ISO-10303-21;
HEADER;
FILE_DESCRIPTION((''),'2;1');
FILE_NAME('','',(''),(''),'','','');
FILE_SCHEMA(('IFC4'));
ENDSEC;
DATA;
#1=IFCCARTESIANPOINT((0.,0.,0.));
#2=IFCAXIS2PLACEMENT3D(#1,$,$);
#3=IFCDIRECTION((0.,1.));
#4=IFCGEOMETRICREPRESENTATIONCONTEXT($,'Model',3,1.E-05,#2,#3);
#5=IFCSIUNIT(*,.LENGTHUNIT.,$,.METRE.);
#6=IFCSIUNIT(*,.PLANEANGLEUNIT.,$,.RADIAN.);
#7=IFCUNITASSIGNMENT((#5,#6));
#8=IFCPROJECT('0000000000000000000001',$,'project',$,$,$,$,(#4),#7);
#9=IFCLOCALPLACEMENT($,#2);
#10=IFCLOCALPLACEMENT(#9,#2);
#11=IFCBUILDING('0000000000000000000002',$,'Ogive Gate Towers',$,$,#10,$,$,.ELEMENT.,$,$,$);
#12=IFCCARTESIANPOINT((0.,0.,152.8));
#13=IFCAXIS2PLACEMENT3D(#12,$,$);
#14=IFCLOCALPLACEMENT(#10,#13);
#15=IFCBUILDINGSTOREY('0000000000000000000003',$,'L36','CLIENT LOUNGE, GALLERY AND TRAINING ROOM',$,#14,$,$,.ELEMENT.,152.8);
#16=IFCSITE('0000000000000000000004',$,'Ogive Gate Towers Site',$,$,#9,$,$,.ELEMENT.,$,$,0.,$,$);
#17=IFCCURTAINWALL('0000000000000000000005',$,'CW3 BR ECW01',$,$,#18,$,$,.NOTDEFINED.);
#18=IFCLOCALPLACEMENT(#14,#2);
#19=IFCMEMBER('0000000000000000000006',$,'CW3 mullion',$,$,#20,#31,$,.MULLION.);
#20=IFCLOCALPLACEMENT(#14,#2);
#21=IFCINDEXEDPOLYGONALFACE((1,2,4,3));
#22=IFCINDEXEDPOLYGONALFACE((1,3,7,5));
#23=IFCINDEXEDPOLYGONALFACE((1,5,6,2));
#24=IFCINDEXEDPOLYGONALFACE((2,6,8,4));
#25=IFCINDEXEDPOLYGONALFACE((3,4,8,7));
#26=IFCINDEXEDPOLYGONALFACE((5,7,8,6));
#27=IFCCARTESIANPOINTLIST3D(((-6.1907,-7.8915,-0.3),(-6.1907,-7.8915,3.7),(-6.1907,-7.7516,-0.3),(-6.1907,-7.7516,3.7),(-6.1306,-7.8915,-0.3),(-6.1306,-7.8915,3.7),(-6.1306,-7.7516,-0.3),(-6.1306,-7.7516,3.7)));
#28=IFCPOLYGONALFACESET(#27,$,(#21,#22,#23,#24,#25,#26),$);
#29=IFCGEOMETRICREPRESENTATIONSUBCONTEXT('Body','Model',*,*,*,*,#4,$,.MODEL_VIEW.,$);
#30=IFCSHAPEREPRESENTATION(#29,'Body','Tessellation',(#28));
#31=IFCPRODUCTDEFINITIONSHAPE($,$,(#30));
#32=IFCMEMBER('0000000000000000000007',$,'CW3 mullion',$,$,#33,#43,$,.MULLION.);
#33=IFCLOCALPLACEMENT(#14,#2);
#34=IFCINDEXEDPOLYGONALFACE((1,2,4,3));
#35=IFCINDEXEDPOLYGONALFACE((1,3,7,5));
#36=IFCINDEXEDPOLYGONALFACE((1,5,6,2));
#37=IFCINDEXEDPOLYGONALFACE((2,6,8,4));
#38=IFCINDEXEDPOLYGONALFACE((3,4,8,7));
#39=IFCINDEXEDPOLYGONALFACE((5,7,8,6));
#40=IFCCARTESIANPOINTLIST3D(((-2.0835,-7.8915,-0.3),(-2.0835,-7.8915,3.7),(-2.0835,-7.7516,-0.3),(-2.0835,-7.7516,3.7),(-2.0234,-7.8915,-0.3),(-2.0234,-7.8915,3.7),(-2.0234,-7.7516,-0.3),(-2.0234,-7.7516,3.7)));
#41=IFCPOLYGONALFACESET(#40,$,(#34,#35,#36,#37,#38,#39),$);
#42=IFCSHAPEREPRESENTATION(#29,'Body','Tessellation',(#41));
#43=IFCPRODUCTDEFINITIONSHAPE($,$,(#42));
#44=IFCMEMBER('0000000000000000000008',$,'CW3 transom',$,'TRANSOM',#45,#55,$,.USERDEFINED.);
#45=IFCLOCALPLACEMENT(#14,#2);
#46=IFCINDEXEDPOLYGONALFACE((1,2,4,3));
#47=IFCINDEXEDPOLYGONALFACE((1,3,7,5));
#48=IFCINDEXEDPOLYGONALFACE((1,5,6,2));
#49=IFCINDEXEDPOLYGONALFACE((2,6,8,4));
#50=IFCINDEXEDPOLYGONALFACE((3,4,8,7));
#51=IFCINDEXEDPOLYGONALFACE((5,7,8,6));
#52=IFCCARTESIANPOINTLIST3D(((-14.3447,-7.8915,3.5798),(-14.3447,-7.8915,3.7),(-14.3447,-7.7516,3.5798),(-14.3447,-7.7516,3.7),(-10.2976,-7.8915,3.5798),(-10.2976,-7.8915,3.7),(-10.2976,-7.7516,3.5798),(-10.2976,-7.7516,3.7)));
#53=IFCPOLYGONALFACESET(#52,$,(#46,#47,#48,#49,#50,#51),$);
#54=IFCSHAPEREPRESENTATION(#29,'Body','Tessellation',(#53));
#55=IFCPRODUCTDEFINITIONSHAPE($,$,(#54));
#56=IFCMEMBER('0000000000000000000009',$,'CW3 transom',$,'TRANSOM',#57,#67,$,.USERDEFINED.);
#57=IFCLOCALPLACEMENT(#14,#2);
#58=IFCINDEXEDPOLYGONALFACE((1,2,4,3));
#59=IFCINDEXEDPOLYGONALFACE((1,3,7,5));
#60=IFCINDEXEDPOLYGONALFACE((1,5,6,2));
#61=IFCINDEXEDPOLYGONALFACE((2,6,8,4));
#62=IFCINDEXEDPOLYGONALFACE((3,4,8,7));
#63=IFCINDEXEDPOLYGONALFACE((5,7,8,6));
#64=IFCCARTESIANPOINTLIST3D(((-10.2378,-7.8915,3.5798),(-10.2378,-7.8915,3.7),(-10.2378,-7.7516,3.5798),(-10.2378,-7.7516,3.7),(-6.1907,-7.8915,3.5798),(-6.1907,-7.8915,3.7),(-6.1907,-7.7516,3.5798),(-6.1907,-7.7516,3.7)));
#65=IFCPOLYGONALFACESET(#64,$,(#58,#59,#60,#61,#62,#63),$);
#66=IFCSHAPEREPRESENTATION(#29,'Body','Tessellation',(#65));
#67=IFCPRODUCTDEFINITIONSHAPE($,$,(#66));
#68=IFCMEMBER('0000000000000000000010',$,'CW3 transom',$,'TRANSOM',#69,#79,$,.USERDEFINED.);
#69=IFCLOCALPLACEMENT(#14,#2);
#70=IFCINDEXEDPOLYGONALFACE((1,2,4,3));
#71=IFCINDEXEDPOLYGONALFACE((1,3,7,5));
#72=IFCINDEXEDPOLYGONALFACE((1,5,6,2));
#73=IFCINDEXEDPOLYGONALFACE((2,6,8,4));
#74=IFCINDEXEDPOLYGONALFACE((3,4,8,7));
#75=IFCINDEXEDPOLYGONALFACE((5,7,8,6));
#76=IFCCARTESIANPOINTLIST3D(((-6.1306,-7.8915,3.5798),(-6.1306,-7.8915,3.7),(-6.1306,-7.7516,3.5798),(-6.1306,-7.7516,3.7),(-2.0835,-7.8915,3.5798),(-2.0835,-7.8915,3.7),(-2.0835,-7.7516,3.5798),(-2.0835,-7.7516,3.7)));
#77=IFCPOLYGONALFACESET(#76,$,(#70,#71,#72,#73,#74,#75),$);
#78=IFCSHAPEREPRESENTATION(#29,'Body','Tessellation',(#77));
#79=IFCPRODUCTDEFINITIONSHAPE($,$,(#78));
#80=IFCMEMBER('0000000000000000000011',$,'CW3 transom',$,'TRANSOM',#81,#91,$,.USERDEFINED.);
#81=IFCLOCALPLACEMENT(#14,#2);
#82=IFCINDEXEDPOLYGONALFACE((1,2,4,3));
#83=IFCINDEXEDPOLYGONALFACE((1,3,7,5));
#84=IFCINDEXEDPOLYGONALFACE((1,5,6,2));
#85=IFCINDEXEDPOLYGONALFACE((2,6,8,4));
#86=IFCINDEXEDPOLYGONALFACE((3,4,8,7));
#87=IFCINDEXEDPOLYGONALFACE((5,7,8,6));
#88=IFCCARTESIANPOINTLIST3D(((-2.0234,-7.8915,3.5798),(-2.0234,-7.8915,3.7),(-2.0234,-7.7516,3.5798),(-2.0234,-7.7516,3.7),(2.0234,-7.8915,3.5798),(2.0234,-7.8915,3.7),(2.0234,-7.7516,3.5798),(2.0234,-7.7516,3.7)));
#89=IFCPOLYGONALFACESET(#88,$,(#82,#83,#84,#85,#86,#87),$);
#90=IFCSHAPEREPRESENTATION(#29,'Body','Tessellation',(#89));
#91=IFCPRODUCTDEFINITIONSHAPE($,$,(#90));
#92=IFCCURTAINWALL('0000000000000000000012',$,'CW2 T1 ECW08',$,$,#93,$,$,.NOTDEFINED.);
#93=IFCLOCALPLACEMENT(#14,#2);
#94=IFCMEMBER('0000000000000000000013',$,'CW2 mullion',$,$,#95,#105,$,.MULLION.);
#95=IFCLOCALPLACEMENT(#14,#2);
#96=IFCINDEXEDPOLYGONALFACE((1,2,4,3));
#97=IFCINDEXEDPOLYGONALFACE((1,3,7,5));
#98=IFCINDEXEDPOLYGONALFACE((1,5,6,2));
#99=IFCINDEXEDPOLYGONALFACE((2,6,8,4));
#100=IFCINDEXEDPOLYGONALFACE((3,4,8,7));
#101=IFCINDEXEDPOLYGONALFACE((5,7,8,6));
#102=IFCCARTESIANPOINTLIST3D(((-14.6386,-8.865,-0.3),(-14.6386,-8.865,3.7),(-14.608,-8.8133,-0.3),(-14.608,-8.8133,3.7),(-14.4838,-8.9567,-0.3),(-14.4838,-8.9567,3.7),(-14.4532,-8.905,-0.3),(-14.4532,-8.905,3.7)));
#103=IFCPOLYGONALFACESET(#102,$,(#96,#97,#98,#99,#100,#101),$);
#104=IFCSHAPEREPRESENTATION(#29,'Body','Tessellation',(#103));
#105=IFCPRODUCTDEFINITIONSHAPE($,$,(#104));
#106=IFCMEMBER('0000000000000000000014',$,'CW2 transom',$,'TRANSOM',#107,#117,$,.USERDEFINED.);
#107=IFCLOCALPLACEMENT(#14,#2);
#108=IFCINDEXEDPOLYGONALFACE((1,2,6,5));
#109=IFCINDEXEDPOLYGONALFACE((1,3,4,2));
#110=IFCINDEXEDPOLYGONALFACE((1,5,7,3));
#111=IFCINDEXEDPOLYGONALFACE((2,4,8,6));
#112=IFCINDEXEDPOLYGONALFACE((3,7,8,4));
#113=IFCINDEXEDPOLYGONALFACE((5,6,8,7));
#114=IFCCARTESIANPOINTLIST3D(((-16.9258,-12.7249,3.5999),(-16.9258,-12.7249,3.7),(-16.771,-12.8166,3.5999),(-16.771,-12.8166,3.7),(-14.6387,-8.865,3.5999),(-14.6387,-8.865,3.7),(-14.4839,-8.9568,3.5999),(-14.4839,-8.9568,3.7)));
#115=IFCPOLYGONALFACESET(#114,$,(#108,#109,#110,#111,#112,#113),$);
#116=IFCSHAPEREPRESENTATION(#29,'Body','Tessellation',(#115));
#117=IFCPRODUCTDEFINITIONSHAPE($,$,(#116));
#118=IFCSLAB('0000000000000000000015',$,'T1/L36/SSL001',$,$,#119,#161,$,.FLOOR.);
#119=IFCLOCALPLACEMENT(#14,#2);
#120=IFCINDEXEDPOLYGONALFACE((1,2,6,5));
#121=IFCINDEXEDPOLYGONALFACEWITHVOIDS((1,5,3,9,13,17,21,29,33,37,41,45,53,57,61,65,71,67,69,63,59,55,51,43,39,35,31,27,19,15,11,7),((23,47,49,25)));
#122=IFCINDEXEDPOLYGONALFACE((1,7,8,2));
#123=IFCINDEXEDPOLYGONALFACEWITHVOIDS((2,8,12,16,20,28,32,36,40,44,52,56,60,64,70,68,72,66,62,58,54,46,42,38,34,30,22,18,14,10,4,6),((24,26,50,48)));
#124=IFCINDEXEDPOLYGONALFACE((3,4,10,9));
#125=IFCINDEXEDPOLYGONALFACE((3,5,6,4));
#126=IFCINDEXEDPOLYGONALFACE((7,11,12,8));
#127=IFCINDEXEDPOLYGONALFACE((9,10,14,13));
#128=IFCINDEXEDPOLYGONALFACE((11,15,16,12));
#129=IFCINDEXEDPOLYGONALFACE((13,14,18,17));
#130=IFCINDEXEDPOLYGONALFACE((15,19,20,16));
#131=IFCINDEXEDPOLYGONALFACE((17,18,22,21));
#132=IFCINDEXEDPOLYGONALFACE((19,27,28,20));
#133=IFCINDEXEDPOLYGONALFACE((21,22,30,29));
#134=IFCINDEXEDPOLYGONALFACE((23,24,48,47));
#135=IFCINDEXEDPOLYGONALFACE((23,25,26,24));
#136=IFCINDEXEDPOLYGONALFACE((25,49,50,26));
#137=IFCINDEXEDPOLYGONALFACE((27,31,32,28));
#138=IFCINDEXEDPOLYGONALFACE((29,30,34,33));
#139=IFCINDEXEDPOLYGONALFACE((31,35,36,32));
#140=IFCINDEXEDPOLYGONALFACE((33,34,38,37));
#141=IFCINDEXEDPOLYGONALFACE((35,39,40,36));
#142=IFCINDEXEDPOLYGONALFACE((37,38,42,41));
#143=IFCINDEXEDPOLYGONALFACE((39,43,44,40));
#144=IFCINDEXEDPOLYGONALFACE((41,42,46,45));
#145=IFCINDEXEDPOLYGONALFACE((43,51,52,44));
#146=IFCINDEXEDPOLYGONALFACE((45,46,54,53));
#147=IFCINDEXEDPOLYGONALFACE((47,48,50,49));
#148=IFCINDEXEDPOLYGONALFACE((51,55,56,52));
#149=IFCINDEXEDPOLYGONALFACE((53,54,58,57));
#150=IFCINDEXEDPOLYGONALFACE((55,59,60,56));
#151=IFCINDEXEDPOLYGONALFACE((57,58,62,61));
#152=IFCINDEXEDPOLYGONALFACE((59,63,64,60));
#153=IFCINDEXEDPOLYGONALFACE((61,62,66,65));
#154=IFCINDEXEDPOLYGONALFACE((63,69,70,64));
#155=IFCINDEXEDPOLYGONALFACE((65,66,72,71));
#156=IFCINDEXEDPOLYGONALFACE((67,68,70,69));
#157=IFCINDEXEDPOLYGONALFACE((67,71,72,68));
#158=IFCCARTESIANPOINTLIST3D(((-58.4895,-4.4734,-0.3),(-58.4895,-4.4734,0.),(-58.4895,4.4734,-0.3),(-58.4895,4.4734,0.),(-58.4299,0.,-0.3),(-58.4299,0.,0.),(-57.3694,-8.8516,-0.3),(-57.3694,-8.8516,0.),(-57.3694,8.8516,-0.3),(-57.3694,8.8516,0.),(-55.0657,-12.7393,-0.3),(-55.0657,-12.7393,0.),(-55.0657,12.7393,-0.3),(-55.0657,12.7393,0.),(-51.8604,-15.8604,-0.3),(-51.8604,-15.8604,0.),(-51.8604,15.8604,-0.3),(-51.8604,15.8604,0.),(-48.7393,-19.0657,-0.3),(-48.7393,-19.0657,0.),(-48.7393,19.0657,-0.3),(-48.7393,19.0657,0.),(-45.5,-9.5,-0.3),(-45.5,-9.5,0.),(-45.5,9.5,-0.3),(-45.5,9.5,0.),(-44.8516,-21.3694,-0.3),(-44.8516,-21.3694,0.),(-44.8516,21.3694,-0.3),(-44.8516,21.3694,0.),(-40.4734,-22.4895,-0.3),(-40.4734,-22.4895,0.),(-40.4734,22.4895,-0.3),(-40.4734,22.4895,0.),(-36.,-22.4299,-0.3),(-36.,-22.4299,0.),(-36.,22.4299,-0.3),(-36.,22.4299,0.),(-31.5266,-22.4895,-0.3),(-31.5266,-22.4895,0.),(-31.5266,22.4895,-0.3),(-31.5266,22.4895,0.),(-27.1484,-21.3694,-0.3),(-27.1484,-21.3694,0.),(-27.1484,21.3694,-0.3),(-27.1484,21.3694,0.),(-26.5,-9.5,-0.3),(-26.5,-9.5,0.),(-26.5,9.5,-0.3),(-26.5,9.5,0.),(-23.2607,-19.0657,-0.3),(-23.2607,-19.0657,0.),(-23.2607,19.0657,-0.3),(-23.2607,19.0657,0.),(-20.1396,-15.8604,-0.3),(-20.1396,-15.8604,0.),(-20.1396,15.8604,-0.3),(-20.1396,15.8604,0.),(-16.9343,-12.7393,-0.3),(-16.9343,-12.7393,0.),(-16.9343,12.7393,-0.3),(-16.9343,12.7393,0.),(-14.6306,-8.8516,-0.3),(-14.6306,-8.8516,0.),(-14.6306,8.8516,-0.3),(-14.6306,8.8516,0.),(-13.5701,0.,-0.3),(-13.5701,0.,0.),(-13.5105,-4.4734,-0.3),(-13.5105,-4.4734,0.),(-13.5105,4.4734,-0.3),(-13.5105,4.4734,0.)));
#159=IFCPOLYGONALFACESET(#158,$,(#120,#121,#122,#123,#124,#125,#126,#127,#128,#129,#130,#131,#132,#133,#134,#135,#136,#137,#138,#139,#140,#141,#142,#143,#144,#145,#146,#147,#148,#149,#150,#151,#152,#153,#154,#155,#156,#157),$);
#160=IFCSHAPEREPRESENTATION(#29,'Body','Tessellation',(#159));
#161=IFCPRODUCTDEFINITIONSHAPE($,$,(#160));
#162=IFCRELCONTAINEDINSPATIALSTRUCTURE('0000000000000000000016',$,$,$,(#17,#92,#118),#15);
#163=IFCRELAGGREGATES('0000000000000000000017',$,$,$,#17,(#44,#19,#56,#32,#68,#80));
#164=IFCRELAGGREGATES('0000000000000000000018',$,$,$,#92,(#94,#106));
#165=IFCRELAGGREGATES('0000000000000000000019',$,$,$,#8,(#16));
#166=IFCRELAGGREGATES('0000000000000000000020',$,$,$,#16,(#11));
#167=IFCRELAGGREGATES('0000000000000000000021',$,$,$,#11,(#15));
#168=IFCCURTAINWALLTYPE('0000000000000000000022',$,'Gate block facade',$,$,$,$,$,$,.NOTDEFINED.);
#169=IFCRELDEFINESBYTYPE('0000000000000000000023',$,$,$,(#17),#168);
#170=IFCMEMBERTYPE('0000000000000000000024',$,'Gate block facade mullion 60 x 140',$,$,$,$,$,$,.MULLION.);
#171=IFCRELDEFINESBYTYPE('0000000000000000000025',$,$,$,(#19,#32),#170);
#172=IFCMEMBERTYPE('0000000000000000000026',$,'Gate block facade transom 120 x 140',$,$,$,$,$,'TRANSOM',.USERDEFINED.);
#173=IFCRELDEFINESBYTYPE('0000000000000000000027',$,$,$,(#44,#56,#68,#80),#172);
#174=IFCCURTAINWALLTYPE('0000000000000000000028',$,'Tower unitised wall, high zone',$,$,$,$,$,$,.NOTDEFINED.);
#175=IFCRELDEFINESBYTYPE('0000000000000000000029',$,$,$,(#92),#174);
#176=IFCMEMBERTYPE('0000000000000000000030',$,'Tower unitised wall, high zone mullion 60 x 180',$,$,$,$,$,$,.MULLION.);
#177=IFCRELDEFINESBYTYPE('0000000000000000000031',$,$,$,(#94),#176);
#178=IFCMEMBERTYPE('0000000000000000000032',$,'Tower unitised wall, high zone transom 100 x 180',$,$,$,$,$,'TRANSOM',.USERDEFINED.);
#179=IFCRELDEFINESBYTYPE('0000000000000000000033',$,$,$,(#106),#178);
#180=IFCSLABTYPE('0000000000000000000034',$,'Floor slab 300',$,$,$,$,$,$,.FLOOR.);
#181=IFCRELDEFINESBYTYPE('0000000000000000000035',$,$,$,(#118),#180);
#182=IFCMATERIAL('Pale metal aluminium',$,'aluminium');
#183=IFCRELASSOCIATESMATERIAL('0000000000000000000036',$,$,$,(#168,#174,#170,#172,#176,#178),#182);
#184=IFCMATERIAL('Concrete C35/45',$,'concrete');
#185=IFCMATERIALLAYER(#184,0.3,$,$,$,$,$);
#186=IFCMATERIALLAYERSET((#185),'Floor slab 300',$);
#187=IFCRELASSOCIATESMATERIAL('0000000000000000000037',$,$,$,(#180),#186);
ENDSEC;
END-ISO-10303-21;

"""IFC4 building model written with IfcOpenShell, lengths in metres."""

from ifc_helpers import new_model, si_unit, direction, frame, origin, origin_2d, place, context, subcontext, project, spatial, polyline, rectangle, outline, extrude, material, layer, layer_set, material_profile, profile_set, type_object, element, aggregate, save


model = new_model("IFC4")

# Units and contexts
model_context = context("Model", 3, precision=1e-05, world=origin(), true_north=direction((0.0, 1.0)))
body_context = subcontext(model_context, "Body", "Model", "MODEL_VIEW")
ifc_project = project(units=[si_unit("LENGTHUNIT", "METRE"), si_unit("PLANEANGLEUNIT", "RADIAN")], contexts=[model_context])

# Site, building, storey
site_placement = place(None, origin())
site = spatial("IfcSite", under=ifc_project, at=site_placement, Name="Ogive Gate Towers Site", CompositionType="ELEMENT", RefElevation=0.0)
building_placement = place(site_placement, origin())
building = spatial("IfcBuilding", under=site, at=building_placement, Name="Ogive Gate Towers", CompositionType="ELEMENT")
storey_placement = place(building_placement, frame((0.0, 0.0, 152.8)))
storey = spatial("IfcBuildingStorey", under=building, at=storey_placement, Name="L36", Description="CLIENT LOUNGE, GALLERY AND TRAINING ROOM", CompositionType="ELEMENT", Elevation=152.8)

# Curtain walls, members
ifc_material_1 = material(Name="Pale metal aluminium", Category="aluminium")
curtain_wall_type_1 = type_object("IfcCurtainWallType", Name="Gate block facade", PredefinedType="NOTDEFINED", material=ifc_material_1)
curtain_wall_1_placement = place(storey_placement, origin())
curtain_wall_1 = element("IfcCurtainWall", 1, at=curtain_wall_1_placement, inside=storey, type_object=curtain_wall_type_1, Name="CW3 BR ECW01", PredefinedType="NOTDEFINED")
ifc_material_profile_1 = material_profile(ifc_material_1, rectangle(XDim=0.1399, YDim=0.0601, at=origin_2d()), Name="60 x 140 aluminium box")
ifc_profile_set_1 = profile_set([ifc_material_profile_1], Name="Pale metal aluminium")
member_type_1 = type_object("IfcMemberType", Name="Gate block facade mullion 60 x 140", PredefinedType="MULLION", material=ifc_profile_set_1)
member_1_placement = place(storey_placement, frame((-6.1606, -7.8215, -0.3), z_axis=(0.0, 0.0, 1.0), x_axis=(0.0, -1.0, 0.0)))
member_1 = element("IfcMember", 2, at=member_1_placement, type_object=member_type_1, Name="CW3 mullion", PredefinedType="MULLION", context=body_context, shape_type="SweptSolid", body=[
    extrude(rectangle(XDim=0.1399, YDim=0.0601, at=origin_2d()), origin(), (0.0, 0.0, 1.0), 4.0),
])
member_2_placement = place(storey_placement, frame((-2.0535, -7.8215, -0.3), z_axis=(0.0, 0.0, 1.0), x_axis=(0.0, -1.0, 0.0)))
member_2 = element("IfcMember", 3, at=member_2_placement, type_object=member_type_1, Name="CW3 mullion", PredefinedType="MULLION", context=body_context, shape_type="SweptSolid", body=[
    extrude(rectangle(XDim=0.1399, YDim=0.0601, at=origin_2d()), origin(), (0.0, 0.0, 1.0), 4.0),
])
ifc_material_profile_2 = material_profile(ifc_material_1, rectangle(XDim=0.1399, YDim=0.1201, at=origin_2d()), Name="120 x 140 aluminium box")
ifc_profile_set_2 = profile_set([ifc_material_profile_2], Name="Pale metal aluminium")
member_type_2 = type_object("IfcMemberType", Name="Gate block facade transom 120 x 140", ElementType="TRANSOM", PredefinedType="USERDEFINED", material=ifc_profile_set_2)
member_3_placement = place(storey_placement, frame((-14.3447, -7.8215, 3.6399), z_axis=(1.0, 0.0, 0.0), x_axis=(0.0, 1.0, 0.0)))
member_3 = element("IfcMember", 4, at=member_3_placement, type_object=member_type_2, Name="CW3 transom", ObjectType="TRANSOM", PredefinedType="USERDEFINED", context=body_context, shape_type="SweptSolid", body=[
    extrude(rectangle(XDim=0.1399, YDim=0.1201, at=origin_2d()), origin(), (0.0, 0.0, 1.0), 4.0471),
])
member_4_placement = place(storey_placement, frame((-10.2378, -7.8215, 3.6399), z_axis=(1.0, 0.0, 0.0), x_axis=(0.0, 1.0, 0.0)))
member_4 = element("IfcMember", 5, at=member_4_placement, type_object=member_type_2, Name="CW3 transom", ObjectType="TRANSOM", PredefinedType="USERDEFINED", context=body_context, shape_type="SweptSolid", body=[
    extrude(rectangle(XDim=0.1399, YDim=0.1201, at=origin_2d()), origin(), (0.0, 0.0, 1.0), 4.0471),
])
member_5_placement = place(storey_placement, frame((-6.1306, -7.8215, 3.6399), z_axis=(1.0, 0.0, 0.0), x_axis=(0.0, 1.0, 0.0)))
member_5 = element("IfcMember", 6, at=member_5_placement, type_object=member_type_2, Name="CW3 transom", ObjectType="TRANSOM", PredefinedType="USERDEFINED", context=body_context, shape_type="SweptSolid", body=[
    extrude(rectangle(XDim=0.1399, YDim=0.1201, at=origin_2d()), origin(), (0.0, 0.0, 1.0), 4.0471),
])
member_6_placement = place(storey_placement, frame((-2.0234, -7.8215, 3.6399), z_axis=(1.0, 0.0, 0.0), x_axis=(0.0, 1.0, 0.0)))
member_6 = element("IfcMember", 7, at=member_6_placement, type_object=member_type_2, Name="CW3 transom", ObjectType="TRANSOM", PredefinedType="USERDEFINED", context=body_context, shape_type="SweptSolid", body=[
    extrude(rectangle(XDim=0.1399, YDim=0.1201, at=origin_2d()), origin(), (0.0, 0.0, 1.0), 4.0469),
])
curtain_wall_type_2 = type_object("IfcCurtainWallType", Name="Tower unitised wall, high zone", PredefinedType="NOTDEFINED", material=ifc_material_1)
curtain_wall_2_placement = place(storey_placement, origin())
curtain_wall_2 = element("IfcCurtainWall", 8, at=curtain_wall_2_placement, inside=storey, type_object=curtain_wall_type_2, Name="CW2 T1 ECW08", PredefinedType="NOTDEFINED")
ifc_material_profile_3 = material_profile(ifc_material_1, rectangle(XDim=0.1799, YDim=0.0601, at=origin_2d()), Name="60 x 180 aluminium box")
ifc_profile_set_3 = profile_set([ifc_material_profile_3], Name="Pale metal aluminium")
member_type_3 = type_object("IfcMemberType", Name="Tower unitised wall, high zone mullion 60 x 180", PredefinedType="MULLION", material=ifc_profile_set_3)
member_7_placement = place(storey_placement, frame((-14.5459, -8.885, -0.3), z_axis=(0.0, 0.0, 1.0), x_axis=(0.860306, -0.509777, 0.0)))
member_7 = element("IfcMember", 9, at=member_7_placement, type_object=member_type_3, Name="CW2 mullion", PredefinedType="MULLION", context=body_context, shape_type="SweptSolid", body=[
    extrude(rectangle(XDim=0.1799, YDim=0.0601, at=origin_2d()), origin(), (0.0, 0.0, 1.0), 4.0),
])
ifc_material_profile_4 = material_profile(ifc_material_1, rectangle(XDim=0.1799, YDim=0.1001, at=origin_2d()), Name="100 x 180 aluminium box")
ifc_profile_set_4 = profile_set([ifc_material_profile_4], Name="Pale metal aluminium")
member_type_4 = type_object("IfcMemberType", Name="Tower unitised wall, high zone transom 100 x 180", ElementType="TRANSOM", PredefinedType="USERDEFINED", material=ifc_profile_set_4)
member_8_placement = place(storey_placement, frame((-16.8484, -12.7708, 3.6499), z_axis=(0.509767, 0.860313, 0.0), x_axis=(-0.860313, 0.509767, 0.0)))
member_8 = element("IfcMember", 10, at=member_8_placement, type_object=member_type_4, Name="CW2 transom", ObjectType="TRANSOM", PredefinedType="USERDEFINED", context=body_context, shape_type="SweptSolid", body=[
    extrude(rectangle(XDim=0.1799, YDim=0.1001, at=origin_2d()), origin(), (0.0, 0.0, 1.0), 4.4866),
])

# Slab
ifc_material_2 = material(Name="Concrete C35/45", Category="concrete")
ifc_layer_1 = layer(ifc_material_2, 0.3)
ifc_layer_set_1 = layer_set([ifc_layer_1], Name="Floor slab 300")
slab_type = type_object("IfcSlabType", Name="Floor slab 300", PredefinedType="FLOOR", material=ifc_layer_set_1)
slab_1_placement = place(storey_placement, frame((0.0, 0.0, -0.3)))
element("IfcSlab", 11, at=slab_1_placement, inside=storey, type_object=slab_type, Name="T1/L36/SSL001", PredefinedType="FLOOR", context=body_context, shape_type="SweptSolid", body=[
    extrude(outline(polyline([(-13.5105, -4.4734), (-13.5701, 0.0), (-13.5105, 4.4734), (-14.6306, 8.8516), (-16.9343, 12.7393), (-20.1396, 15.8604), (-23.2607, 19.0657), (-27.1484, 21.3694), (-31.5266, 22.4895), (-36.0, 22.4299), (-40.4734, 22.4895), (-44.8516, 21.3694), (-48.7393, 19.0657), (-51.8604, 15.8604), (-55.0657, 12.7393), (-57.3694, 8.8516), (-58.4895, 4.4734), (-58.4299, 0.0), (-58.4895, -4.4734), (-57.3694, -8.8516), (-55.0657, -12.7393), (-51.8604, -15.8604), (-48.7393, -19.0657), (-44.8516, -21.3694), (-40.4734, -22.4895), (-36.0, -22.4299), (-31.5266, -22.4895), (-27.1484, -21.3694), (-23.2607, -19.0657), (-20.1396, -15.8604), (-16.9343, -12.7393), (-14.6306, -8.8516), (-13.5105, -4.4734)]), holes=[polyline([(-26.5, -9.5), (-45.5, -9.5), (-45.5, 9.5), (-26.5, 9.5), (-26.5, -9.5)])]), origin(), (0.0, 0.0, 1.0), 0.3),
])

aggregate(curtain_wall_1, [member_3, member_1, member_4, member_2, member_5, member_6])
aggregate(curtain_wall_2, [member_7, member_8])

save(model, "model.ifc")
